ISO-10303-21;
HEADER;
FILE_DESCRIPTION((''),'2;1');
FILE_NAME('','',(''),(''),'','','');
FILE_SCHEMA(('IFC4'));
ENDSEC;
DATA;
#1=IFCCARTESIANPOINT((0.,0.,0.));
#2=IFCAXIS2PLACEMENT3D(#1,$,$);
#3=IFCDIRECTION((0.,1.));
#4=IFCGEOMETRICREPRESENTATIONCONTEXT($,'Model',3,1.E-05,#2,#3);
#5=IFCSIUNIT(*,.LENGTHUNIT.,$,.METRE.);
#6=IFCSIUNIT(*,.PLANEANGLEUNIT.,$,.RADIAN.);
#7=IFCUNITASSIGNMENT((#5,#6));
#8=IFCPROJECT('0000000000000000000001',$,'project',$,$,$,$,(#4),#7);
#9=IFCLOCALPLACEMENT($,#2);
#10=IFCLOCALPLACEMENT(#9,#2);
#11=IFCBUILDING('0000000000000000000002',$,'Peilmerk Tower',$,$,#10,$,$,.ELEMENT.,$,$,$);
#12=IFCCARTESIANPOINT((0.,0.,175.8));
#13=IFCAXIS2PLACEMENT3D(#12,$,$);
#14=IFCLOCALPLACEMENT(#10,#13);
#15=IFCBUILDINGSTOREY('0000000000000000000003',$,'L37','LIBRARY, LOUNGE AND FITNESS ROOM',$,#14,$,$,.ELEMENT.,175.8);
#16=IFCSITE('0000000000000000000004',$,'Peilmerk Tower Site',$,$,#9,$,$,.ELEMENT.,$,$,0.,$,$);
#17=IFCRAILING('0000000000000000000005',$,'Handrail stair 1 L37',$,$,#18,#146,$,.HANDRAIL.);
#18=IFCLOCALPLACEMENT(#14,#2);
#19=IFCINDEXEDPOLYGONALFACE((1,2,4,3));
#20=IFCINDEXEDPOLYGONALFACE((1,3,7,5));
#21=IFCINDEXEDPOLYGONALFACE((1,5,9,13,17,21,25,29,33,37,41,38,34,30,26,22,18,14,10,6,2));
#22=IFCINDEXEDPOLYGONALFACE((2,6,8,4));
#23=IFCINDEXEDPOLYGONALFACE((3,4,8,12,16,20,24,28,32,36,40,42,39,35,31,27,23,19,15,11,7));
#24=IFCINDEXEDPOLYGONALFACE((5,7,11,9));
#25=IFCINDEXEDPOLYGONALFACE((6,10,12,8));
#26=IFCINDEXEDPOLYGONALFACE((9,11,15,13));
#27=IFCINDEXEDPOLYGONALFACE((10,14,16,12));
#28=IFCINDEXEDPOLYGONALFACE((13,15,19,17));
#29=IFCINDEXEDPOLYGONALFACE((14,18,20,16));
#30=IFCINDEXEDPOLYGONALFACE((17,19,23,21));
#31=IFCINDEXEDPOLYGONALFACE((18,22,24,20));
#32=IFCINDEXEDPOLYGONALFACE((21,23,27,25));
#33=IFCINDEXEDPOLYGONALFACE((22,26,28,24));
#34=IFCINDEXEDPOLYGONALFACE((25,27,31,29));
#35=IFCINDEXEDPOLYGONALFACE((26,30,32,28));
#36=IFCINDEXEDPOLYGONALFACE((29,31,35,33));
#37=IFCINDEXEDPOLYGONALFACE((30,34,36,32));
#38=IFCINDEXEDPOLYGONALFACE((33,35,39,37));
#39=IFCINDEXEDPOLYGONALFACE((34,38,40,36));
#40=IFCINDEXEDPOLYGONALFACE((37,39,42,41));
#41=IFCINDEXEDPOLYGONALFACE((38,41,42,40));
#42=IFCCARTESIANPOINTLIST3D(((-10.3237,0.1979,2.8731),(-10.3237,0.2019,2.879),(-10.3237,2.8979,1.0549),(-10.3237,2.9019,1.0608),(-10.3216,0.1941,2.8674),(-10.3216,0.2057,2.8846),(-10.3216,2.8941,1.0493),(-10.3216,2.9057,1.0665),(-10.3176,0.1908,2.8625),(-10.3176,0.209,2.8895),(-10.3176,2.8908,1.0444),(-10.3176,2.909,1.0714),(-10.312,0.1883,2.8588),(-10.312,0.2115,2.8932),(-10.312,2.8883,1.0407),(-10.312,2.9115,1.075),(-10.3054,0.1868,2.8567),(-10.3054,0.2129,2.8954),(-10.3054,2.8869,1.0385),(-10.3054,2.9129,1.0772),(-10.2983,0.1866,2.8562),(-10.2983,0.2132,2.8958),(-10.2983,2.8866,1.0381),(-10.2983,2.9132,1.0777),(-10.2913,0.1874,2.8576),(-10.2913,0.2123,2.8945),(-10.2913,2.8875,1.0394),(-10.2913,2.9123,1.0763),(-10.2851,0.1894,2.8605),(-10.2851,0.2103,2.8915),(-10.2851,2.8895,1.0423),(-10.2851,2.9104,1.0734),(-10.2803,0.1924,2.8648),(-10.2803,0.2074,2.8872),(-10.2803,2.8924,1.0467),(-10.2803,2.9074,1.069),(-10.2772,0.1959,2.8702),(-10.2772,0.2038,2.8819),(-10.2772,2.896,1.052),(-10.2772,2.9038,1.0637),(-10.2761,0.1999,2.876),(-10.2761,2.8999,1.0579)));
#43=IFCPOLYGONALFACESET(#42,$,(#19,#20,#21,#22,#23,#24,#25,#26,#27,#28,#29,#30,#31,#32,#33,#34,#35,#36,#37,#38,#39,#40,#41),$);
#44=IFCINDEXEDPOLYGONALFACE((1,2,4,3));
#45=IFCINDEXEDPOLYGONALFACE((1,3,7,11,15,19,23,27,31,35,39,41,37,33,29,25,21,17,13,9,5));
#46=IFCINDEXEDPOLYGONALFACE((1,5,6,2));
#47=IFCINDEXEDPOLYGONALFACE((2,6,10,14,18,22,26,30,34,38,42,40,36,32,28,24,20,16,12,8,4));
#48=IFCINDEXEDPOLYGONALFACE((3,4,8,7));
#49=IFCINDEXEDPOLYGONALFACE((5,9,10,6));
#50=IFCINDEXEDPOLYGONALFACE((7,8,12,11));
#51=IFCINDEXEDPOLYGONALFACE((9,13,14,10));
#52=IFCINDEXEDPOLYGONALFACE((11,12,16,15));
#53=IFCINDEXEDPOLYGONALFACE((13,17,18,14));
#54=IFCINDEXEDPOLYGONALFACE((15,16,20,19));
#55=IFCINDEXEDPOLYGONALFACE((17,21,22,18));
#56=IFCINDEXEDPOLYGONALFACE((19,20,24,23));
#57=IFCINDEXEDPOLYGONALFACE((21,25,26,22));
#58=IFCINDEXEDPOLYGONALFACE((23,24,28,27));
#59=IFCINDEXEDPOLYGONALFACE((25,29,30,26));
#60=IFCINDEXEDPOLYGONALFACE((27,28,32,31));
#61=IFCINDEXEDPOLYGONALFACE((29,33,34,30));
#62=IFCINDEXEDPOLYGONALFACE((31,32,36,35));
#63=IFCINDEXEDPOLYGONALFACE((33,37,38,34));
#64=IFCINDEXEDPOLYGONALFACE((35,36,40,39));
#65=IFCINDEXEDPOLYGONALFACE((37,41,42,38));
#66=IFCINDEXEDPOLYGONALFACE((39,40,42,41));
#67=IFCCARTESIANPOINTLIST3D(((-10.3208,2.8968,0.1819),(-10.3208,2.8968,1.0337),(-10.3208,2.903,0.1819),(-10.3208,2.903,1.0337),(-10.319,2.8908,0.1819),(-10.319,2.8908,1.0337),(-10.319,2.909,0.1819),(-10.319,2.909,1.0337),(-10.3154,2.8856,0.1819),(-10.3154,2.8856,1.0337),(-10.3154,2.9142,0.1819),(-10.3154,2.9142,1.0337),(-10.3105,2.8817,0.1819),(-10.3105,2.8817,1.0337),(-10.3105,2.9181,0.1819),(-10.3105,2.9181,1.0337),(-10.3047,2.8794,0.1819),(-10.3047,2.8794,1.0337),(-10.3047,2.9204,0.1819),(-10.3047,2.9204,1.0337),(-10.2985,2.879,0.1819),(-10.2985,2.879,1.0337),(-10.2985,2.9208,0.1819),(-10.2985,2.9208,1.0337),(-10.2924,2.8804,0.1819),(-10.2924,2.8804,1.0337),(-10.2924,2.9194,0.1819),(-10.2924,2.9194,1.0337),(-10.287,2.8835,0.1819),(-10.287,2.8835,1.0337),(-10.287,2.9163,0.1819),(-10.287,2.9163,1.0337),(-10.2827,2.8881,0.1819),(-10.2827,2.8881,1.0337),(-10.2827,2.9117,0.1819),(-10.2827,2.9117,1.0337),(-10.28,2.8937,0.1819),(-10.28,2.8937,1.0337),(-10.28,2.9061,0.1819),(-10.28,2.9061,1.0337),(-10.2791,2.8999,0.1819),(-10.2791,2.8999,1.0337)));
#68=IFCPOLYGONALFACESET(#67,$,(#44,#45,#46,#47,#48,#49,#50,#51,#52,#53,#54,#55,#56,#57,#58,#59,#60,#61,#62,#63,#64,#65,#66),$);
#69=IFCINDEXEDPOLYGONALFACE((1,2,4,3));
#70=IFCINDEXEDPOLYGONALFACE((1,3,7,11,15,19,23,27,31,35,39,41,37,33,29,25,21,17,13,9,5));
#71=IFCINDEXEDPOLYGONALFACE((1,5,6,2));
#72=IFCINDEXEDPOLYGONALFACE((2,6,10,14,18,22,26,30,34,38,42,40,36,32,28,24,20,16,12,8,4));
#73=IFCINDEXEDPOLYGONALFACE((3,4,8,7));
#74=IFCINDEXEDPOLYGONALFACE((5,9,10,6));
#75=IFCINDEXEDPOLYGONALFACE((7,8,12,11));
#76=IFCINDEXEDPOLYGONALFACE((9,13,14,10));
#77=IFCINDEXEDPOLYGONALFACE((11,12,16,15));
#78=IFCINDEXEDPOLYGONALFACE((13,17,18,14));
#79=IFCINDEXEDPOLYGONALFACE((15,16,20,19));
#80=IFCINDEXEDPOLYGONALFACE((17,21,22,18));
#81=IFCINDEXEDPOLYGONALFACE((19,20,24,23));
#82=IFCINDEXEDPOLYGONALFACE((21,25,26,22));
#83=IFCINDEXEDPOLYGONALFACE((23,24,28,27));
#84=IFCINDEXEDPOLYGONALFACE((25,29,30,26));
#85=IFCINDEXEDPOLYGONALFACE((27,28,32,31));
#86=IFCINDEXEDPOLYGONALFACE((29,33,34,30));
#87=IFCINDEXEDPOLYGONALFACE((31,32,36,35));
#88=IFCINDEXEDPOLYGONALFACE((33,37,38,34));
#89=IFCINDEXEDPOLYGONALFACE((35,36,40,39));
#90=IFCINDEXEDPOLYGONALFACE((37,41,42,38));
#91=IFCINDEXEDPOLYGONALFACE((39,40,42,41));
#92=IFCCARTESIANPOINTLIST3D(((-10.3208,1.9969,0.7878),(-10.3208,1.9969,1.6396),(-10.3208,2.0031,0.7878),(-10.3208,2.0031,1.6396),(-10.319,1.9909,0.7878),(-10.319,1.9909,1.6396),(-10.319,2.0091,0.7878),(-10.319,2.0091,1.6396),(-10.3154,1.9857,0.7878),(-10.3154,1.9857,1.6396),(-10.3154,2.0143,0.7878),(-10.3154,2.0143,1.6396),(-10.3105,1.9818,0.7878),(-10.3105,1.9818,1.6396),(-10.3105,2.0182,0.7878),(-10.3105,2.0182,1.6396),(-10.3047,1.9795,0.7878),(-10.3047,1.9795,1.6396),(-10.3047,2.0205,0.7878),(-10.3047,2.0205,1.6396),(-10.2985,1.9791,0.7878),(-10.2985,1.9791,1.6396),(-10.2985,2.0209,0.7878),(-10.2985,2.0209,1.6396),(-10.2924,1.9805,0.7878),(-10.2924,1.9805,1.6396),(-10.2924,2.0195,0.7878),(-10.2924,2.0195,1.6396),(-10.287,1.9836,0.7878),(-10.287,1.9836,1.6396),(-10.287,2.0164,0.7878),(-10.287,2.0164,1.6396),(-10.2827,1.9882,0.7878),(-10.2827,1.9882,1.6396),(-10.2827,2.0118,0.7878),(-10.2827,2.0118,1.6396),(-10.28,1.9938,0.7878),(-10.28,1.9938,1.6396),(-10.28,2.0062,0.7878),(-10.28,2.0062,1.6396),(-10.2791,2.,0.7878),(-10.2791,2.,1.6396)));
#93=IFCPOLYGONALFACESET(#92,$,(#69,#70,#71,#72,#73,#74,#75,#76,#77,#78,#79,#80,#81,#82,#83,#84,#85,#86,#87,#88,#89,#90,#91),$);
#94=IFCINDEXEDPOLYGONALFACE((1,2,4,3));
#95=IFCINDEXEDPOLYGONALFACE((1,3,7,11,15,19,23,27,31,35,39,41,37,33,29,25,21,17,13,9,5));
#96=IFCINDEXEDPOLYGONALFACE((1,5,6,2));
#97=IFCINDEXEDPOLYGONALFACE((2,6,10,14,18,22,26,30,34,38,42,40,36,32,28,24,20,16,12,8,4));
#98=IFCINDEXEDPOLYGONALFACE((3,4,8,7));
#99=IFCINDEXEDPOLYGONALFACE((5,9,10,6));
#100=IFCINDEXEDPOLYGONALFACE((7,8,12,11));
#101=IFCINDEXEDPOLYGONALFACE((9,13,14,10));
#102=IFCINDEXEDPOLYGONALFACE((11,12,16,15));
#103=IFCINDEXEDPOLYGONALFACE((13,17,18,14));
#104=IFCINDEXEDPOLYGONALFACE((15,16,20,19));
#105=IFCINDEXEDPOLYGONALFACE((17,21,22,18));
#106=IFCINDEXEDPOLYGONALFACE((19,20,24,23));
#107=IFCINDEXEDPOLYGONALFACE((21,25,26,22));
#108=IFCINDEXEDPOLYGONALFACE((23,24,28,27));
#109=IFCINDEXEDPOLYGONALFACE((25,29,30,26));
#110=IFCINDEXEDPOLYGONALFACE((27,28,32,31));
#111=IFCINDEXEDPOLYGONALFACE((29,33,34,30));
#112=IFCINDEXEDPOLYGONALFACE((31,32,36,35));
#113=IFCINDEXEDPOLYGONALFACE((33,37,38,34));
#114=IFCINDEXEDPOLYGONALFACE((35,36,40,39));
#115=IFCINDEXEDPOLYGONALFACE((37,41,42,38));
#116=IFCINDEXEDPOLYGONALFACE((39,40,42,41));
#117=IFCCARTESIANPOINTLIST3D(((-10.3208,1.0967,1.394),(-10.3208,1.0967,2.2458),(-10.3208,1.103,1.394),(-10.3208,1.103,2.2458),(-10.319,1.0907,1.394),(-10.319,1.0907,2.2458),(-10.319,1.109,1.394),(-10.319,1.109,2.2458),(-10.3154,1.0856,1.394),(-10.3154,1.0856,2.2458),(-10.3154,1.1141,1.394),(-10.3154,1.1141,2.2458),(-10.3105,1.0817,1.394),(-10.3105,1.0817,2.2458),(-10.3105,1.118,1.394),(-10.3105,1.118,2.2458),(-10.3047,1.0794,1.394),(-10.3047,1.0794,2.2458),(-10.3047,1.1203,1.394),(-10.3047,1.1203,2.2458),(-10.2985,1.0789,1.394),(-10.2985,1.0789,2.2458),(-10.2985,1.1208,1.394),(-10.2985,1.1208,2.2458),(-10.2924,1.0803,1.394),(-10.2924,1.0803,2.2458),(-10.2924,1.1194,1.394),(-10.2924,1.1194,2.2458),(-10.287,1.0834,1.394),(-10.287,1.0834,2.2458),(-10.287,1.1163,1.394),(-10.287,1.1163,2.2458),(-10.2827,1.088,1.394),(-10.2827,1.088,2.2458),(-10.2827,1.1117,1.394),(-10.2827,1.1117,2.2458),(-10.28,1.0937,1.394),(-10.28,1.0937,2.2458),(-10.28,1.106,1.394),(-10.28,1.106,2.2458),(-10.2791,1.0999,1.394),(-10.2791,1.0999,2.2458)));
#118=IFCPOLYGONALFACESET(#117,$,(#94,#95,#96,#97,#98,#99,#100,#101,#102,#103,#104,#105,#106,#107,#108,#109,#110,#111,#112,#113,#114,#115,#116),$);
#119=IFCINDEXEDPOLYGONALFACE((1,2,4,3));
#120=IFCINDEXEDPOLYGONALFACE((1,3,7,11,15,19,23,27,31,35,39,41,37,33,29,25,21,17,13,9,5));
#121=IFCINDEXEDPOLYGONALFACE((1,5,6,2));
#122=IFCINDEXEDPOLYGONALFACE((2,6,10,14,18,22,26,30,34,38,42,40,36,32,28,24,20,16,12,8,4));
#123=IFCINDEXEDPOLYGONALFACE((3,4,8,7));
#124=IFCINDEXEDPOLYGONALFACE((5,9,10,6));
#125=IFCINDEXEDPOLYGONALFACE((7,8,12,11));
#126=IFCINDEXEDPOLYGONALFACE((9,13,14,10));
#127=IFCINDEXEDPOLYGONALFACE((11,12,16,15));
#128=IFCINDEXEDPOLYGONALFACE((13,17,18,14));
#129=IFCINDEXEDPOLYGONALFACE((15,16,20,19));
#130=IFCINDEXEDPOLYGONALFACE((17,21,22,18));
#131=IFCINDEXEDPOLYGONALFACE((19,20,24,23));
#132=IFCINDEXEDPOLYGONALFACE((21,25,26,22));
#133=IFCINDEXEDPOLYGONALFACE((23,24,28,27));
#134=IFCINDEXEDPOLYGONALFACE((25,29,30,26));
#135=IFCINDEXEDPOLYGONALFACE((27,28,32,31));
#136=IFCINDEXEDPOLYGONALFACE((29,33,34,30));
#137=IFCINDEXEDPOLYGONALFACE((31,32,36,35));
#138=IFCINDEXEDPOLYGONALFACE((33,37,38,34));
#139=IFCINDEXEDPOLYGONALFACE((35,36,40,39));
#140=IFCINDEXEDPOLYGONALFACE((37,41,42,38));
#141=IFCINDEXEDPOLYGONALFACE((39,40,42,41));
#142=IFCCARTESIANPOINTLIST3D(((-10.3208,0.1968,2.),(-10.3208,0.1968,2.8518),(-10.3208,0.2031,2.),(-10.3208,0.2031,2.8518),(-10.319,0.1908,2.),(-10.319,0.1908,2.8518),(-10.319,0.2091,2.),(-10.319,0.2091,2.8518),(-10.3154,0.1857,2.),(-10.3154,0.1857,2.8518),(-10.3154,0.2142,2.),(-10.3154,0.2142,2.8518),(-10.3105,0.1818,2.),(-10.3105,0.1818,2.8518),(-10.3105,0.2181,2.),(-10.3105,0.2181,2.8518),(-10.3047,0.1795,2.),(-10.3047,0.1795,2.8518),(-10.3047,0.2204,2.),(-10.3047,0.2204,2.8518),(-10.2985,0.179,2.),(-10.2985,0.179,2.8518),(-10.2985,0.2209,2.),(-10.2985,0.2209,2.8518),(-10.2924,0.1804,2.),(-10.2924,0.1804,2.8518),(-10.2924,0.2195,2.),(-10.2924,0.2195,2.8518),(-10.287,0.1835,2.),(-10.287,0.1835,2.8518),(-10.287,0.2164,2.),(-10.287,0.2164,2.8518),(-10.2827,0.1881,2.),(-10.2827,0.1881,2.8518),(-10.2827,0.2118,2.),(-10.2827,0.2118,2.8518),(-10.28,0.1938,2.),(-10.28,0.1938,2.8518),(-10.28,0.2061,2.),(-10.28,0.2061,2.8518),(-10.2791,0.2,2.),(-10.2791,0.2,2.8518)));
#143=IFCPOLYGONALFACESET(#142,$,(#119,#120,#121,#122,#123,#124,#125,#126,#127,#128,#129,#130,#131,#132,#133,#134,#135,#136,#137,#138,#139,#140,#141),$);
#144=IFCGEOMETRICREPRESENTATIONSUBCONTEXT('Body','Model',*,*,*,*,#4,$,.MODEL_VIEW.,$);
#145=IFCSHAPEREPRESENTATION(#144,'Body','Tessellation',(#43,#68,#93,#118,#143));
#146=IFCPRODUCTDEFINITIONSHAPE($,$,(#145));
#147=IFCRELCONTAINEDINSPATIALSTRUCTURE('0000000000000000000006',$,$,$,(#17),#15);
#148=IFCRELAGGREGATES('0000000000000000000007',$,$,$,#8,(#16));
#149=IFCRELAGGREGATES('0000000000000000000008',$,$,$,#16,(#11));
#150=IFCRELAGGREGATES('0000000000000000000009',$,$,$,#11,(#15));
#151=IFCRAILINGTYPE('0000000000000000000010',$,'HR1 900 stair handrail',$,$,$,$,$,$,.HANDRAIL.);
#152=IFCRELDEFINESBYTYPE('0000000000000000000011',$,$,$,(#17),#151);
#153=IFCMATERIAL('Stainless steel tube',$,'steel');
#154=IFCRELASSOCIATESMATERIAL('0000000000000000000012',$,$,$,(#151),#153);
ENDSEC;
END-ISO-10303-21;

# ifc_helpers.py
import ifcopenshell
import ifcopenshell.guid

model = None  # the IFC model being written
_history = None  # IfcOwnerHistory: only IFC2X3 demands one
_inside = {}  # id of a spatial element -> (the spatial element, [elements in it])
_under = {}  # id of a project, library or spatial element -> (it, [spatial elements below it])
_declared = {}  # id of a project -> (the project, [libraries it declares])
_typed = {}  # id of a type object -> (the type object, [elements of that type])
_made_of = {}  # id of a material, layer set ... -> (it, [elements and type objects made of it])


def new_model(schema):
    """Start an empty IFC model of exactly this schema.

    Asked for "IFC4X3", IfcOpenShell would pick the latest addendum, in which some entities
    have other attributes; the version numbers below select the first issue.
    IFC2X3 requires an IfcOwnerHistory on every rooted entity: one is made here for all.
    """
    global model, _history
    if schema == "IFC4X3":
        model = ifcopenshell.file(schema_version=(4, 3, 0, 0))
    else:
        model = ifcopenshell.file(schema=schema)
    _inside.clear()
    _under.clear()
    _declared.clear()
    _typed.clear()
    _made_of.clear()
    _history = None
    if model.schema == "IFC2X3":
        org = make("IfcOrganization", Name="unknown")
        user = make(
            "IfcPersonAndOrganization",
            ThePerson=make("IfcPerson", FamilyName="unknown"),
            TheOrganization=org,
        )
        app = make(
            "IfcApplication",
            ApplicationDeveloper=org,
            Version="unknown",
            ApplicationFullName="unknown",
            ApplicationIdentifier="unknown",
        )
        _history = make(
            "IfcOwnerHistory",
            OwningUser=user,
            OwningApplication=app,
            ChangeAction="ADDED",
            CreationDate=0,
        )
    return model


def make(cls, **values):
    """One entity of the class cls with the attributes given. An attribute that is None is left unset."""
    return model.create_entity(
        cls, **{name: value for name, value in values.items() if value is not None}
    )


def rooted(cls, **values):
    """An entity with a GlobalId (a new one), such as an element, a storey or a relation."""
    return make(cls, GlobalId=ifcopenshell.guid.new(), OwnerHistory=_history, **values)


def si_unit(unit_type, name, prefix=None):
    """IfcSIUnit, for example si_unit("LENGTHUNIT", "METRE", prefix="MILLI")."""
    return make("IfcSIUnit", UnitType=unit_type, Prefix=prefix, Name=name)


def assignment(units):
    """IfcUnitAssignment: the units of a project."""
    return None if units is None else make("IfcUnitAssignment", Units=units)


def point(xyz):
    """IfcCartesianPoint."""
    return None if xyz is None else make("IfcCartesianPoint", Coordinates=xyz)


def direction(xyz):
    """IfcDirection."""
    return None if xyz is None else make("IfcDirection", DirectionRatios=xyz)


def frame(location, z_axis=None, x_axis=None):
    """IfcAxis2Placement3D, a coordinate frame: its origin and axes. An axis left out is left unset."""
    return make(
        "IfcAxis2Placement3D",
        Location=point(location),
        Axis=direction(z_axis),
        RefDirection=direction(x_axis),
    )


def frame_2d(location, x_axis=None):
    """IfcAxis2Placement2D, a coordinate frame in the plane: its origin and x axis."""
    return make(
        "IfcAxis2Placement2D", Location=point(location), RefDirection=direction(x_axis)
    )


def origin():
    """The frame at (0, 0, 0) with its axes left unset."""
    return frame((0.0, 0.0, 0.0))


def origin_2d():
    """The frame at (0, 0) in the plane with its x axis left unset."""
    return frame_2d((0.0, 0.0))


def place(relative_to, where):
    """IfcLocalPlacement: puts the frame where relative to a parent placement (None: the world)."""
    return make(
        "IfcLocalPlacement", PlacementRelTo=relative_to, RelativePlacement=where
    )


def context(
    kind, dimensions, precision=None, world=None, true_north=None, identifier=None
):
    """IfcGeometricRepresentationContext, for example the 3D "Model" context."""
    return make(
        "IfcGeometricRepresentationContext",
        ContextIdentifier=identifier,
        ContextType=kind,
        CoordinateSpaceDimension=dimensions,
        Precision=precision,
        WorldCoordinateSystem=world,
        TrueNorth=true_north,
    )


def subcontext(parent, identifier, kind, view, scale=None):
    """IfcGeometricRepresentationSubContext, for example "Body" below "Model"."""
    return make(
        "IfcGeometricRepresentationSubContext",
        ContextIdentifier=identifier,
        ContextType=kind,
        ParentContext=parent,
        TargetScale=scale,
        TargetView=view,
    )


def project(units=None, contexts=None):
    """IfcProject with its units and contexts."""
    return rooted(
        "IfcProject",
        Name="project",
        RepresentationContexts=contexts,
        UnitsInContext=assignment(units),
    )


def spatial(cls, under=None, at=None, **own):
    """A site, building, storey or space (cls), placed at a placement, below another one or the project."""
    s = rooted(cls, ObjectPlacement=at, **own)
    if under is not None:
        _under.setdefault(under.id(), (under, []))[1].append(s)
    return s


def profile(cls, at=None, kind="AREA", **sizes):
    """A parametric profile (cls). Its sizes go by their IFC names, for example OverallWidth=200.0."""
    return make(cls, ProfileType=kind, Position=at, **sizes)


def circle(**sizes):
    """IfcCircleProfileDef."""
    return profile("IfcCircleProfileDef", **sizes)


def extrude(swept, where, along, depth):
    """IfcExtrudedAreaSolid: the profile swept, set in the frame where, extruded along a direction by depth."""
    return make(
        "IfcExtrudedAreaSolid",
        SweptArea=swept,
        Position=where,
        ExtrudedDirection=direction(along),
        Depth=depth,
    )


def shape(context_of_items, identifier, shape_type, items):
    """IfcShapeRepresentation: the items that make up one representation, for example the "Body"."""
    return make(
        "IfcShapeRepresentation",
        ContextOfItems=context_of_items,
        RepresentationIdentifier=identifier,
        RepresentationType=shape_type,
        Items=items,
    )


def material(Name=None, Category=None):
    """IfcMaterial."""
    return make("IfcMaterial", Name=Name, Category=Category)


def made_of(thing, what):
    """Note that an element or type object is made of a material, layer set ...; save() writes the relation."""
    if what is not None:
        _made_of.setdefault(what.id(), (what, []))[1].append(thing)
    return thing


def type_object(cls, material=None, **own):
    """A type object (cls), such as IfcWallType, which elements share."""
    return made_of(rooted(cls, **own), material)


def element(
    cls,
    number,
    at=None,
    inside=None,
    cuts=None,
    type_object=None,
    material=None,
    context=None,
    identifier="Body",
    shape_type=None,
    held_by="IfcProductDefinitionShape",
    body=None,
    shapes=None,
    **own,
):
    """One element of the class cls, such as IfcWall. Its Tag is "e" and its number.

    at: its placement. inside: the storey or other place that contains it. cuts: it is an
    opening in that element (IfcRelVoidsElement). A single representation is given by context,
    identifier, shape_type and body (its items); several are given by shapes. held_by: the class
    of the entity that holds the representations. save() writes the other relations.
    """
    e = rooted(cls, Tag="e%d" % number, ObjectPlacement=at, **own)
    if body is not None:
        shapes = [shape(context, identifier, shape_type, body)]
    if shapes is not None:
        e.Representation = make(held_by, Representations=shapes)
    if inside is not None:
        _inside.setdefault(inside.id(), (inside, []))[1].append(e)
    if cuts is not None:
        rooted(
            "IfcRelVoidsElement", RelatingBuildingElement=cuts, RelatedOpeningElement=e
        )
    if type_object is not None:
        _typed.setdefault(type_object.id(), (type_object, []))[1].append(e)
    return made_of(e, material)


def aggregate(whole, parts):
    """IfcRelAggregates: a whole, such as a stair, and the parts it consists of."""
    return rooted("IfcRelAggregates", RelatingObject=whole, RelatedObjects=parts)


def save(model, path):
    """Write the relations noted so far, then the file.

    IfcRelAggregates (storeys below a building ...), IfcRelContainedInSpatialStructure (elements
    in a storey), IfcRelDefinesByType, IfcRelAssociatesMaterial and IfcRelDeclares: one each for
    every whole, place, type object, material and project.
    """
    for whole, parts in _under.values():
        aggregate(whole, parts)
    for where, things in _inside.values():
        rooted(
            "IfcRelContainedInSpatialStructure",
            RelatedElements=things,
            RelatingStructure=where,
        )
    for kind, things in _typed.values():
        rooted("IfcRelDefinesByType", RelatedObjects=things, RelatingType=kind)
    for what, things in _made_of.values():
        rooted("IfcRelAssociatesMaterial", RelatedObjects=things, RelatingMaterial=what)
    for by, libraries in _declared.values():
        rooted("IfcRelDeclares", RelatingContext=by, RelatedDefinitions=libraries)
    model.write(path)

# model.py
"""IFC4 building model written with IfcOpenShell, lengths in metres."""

from ifc_helpers import new_model, si_unit, direction, frame, origin, origin_2d, place, context, subcontext, project, spatial, circle, extrude, material, type_object, element, save


model = new_model("IFC4")

# Units and contexts
model_context = context("Model", 3, precision=1e-05, world=origin(), true_north=direction((0.0, 1.0)))
body_context = subcontext(model_context, "Body", "Model", "MODEL_VIEW")
ifc_project = project(units=[si_unit("LENGTHUNIT", "METRE"), si_unit("PLANEANGLEUNIT", "RADIAN")], contexts=[model_context])

# Site, building, storey
site_placement = place(None, origin())
site = spatial("IfcSite", under=ifc_project, at=site_placement, Name="Peilmerk Tower Site", CompositionType="ELEMENT", RefElevation=0.0)
building_placement = place(site_placement, origin())
building = spatial("IfcBuilding", under=site, at=building_placement, Name="Peilmerk Tower", CompositionType="ELEMENT")
storey_placement = place(building_placement, frame((0.0, 0.0, 175.8)))
storey = spatial("IfcBuildingStorey", under=building, at=storey_placement, Name="L37", Description="LIBRARY, LOUNGE AND FITNESS ROOM", CompositionType="ELEMENT", Elevation=175.8)

# Railing
ifc_material_1 = material(Name="Stainless steel tube", Category="steel")
railing_type_1 = type_object("IfcRailingType", Name="HR1 900 stair handrail", PredefinedType="HANDRAIL", material=ifc_material_1)
railing_1_placement = place(storey_placement, frame((-10.3, 2.8999, 0.1819)))
element("IfcRailing", 1, at=railing_1_placement, inside=storey, type_object=railing_type_1, Name="Handrail stair 1 L37", PredefinedType="HANDRAIL", context=body_context, shape_type="SweptSolid", body=[
    extrude(circle(Radius=0.0239, at=origin_2d()), frame((0.0, 0.0, 0.876), z_axis=(0.0, -0.829468, 0.558554), x_axis=(1.0, 0.0, 0.0)), (0.0, 0.0, 1.0), 3.2551),
    extrude(circle(Radius=0.021, at=origin_2d()), origin(), (0.0, 0.0, 1.0), 0.8518),
    extrude(circle(Radius=0.021, at=origin_2d()), frame((0.0, -0.8999, 0.606)), (0.0, 0.0, 1.0), 0.8518),
    extrude(circle(Radius=0.021, at=origin_2d()), frame((0.0, -1.8, 1.2122)), (0.0, 0.0, 1.0), 0.8518),
    extrude(circle(Radius=0.021, at=origin_2d()), frame((0.0, -2.7, 1.8181)), (0.0, 0.0, 1.0), 0.8518),
])

save(model, "model.ifc")
